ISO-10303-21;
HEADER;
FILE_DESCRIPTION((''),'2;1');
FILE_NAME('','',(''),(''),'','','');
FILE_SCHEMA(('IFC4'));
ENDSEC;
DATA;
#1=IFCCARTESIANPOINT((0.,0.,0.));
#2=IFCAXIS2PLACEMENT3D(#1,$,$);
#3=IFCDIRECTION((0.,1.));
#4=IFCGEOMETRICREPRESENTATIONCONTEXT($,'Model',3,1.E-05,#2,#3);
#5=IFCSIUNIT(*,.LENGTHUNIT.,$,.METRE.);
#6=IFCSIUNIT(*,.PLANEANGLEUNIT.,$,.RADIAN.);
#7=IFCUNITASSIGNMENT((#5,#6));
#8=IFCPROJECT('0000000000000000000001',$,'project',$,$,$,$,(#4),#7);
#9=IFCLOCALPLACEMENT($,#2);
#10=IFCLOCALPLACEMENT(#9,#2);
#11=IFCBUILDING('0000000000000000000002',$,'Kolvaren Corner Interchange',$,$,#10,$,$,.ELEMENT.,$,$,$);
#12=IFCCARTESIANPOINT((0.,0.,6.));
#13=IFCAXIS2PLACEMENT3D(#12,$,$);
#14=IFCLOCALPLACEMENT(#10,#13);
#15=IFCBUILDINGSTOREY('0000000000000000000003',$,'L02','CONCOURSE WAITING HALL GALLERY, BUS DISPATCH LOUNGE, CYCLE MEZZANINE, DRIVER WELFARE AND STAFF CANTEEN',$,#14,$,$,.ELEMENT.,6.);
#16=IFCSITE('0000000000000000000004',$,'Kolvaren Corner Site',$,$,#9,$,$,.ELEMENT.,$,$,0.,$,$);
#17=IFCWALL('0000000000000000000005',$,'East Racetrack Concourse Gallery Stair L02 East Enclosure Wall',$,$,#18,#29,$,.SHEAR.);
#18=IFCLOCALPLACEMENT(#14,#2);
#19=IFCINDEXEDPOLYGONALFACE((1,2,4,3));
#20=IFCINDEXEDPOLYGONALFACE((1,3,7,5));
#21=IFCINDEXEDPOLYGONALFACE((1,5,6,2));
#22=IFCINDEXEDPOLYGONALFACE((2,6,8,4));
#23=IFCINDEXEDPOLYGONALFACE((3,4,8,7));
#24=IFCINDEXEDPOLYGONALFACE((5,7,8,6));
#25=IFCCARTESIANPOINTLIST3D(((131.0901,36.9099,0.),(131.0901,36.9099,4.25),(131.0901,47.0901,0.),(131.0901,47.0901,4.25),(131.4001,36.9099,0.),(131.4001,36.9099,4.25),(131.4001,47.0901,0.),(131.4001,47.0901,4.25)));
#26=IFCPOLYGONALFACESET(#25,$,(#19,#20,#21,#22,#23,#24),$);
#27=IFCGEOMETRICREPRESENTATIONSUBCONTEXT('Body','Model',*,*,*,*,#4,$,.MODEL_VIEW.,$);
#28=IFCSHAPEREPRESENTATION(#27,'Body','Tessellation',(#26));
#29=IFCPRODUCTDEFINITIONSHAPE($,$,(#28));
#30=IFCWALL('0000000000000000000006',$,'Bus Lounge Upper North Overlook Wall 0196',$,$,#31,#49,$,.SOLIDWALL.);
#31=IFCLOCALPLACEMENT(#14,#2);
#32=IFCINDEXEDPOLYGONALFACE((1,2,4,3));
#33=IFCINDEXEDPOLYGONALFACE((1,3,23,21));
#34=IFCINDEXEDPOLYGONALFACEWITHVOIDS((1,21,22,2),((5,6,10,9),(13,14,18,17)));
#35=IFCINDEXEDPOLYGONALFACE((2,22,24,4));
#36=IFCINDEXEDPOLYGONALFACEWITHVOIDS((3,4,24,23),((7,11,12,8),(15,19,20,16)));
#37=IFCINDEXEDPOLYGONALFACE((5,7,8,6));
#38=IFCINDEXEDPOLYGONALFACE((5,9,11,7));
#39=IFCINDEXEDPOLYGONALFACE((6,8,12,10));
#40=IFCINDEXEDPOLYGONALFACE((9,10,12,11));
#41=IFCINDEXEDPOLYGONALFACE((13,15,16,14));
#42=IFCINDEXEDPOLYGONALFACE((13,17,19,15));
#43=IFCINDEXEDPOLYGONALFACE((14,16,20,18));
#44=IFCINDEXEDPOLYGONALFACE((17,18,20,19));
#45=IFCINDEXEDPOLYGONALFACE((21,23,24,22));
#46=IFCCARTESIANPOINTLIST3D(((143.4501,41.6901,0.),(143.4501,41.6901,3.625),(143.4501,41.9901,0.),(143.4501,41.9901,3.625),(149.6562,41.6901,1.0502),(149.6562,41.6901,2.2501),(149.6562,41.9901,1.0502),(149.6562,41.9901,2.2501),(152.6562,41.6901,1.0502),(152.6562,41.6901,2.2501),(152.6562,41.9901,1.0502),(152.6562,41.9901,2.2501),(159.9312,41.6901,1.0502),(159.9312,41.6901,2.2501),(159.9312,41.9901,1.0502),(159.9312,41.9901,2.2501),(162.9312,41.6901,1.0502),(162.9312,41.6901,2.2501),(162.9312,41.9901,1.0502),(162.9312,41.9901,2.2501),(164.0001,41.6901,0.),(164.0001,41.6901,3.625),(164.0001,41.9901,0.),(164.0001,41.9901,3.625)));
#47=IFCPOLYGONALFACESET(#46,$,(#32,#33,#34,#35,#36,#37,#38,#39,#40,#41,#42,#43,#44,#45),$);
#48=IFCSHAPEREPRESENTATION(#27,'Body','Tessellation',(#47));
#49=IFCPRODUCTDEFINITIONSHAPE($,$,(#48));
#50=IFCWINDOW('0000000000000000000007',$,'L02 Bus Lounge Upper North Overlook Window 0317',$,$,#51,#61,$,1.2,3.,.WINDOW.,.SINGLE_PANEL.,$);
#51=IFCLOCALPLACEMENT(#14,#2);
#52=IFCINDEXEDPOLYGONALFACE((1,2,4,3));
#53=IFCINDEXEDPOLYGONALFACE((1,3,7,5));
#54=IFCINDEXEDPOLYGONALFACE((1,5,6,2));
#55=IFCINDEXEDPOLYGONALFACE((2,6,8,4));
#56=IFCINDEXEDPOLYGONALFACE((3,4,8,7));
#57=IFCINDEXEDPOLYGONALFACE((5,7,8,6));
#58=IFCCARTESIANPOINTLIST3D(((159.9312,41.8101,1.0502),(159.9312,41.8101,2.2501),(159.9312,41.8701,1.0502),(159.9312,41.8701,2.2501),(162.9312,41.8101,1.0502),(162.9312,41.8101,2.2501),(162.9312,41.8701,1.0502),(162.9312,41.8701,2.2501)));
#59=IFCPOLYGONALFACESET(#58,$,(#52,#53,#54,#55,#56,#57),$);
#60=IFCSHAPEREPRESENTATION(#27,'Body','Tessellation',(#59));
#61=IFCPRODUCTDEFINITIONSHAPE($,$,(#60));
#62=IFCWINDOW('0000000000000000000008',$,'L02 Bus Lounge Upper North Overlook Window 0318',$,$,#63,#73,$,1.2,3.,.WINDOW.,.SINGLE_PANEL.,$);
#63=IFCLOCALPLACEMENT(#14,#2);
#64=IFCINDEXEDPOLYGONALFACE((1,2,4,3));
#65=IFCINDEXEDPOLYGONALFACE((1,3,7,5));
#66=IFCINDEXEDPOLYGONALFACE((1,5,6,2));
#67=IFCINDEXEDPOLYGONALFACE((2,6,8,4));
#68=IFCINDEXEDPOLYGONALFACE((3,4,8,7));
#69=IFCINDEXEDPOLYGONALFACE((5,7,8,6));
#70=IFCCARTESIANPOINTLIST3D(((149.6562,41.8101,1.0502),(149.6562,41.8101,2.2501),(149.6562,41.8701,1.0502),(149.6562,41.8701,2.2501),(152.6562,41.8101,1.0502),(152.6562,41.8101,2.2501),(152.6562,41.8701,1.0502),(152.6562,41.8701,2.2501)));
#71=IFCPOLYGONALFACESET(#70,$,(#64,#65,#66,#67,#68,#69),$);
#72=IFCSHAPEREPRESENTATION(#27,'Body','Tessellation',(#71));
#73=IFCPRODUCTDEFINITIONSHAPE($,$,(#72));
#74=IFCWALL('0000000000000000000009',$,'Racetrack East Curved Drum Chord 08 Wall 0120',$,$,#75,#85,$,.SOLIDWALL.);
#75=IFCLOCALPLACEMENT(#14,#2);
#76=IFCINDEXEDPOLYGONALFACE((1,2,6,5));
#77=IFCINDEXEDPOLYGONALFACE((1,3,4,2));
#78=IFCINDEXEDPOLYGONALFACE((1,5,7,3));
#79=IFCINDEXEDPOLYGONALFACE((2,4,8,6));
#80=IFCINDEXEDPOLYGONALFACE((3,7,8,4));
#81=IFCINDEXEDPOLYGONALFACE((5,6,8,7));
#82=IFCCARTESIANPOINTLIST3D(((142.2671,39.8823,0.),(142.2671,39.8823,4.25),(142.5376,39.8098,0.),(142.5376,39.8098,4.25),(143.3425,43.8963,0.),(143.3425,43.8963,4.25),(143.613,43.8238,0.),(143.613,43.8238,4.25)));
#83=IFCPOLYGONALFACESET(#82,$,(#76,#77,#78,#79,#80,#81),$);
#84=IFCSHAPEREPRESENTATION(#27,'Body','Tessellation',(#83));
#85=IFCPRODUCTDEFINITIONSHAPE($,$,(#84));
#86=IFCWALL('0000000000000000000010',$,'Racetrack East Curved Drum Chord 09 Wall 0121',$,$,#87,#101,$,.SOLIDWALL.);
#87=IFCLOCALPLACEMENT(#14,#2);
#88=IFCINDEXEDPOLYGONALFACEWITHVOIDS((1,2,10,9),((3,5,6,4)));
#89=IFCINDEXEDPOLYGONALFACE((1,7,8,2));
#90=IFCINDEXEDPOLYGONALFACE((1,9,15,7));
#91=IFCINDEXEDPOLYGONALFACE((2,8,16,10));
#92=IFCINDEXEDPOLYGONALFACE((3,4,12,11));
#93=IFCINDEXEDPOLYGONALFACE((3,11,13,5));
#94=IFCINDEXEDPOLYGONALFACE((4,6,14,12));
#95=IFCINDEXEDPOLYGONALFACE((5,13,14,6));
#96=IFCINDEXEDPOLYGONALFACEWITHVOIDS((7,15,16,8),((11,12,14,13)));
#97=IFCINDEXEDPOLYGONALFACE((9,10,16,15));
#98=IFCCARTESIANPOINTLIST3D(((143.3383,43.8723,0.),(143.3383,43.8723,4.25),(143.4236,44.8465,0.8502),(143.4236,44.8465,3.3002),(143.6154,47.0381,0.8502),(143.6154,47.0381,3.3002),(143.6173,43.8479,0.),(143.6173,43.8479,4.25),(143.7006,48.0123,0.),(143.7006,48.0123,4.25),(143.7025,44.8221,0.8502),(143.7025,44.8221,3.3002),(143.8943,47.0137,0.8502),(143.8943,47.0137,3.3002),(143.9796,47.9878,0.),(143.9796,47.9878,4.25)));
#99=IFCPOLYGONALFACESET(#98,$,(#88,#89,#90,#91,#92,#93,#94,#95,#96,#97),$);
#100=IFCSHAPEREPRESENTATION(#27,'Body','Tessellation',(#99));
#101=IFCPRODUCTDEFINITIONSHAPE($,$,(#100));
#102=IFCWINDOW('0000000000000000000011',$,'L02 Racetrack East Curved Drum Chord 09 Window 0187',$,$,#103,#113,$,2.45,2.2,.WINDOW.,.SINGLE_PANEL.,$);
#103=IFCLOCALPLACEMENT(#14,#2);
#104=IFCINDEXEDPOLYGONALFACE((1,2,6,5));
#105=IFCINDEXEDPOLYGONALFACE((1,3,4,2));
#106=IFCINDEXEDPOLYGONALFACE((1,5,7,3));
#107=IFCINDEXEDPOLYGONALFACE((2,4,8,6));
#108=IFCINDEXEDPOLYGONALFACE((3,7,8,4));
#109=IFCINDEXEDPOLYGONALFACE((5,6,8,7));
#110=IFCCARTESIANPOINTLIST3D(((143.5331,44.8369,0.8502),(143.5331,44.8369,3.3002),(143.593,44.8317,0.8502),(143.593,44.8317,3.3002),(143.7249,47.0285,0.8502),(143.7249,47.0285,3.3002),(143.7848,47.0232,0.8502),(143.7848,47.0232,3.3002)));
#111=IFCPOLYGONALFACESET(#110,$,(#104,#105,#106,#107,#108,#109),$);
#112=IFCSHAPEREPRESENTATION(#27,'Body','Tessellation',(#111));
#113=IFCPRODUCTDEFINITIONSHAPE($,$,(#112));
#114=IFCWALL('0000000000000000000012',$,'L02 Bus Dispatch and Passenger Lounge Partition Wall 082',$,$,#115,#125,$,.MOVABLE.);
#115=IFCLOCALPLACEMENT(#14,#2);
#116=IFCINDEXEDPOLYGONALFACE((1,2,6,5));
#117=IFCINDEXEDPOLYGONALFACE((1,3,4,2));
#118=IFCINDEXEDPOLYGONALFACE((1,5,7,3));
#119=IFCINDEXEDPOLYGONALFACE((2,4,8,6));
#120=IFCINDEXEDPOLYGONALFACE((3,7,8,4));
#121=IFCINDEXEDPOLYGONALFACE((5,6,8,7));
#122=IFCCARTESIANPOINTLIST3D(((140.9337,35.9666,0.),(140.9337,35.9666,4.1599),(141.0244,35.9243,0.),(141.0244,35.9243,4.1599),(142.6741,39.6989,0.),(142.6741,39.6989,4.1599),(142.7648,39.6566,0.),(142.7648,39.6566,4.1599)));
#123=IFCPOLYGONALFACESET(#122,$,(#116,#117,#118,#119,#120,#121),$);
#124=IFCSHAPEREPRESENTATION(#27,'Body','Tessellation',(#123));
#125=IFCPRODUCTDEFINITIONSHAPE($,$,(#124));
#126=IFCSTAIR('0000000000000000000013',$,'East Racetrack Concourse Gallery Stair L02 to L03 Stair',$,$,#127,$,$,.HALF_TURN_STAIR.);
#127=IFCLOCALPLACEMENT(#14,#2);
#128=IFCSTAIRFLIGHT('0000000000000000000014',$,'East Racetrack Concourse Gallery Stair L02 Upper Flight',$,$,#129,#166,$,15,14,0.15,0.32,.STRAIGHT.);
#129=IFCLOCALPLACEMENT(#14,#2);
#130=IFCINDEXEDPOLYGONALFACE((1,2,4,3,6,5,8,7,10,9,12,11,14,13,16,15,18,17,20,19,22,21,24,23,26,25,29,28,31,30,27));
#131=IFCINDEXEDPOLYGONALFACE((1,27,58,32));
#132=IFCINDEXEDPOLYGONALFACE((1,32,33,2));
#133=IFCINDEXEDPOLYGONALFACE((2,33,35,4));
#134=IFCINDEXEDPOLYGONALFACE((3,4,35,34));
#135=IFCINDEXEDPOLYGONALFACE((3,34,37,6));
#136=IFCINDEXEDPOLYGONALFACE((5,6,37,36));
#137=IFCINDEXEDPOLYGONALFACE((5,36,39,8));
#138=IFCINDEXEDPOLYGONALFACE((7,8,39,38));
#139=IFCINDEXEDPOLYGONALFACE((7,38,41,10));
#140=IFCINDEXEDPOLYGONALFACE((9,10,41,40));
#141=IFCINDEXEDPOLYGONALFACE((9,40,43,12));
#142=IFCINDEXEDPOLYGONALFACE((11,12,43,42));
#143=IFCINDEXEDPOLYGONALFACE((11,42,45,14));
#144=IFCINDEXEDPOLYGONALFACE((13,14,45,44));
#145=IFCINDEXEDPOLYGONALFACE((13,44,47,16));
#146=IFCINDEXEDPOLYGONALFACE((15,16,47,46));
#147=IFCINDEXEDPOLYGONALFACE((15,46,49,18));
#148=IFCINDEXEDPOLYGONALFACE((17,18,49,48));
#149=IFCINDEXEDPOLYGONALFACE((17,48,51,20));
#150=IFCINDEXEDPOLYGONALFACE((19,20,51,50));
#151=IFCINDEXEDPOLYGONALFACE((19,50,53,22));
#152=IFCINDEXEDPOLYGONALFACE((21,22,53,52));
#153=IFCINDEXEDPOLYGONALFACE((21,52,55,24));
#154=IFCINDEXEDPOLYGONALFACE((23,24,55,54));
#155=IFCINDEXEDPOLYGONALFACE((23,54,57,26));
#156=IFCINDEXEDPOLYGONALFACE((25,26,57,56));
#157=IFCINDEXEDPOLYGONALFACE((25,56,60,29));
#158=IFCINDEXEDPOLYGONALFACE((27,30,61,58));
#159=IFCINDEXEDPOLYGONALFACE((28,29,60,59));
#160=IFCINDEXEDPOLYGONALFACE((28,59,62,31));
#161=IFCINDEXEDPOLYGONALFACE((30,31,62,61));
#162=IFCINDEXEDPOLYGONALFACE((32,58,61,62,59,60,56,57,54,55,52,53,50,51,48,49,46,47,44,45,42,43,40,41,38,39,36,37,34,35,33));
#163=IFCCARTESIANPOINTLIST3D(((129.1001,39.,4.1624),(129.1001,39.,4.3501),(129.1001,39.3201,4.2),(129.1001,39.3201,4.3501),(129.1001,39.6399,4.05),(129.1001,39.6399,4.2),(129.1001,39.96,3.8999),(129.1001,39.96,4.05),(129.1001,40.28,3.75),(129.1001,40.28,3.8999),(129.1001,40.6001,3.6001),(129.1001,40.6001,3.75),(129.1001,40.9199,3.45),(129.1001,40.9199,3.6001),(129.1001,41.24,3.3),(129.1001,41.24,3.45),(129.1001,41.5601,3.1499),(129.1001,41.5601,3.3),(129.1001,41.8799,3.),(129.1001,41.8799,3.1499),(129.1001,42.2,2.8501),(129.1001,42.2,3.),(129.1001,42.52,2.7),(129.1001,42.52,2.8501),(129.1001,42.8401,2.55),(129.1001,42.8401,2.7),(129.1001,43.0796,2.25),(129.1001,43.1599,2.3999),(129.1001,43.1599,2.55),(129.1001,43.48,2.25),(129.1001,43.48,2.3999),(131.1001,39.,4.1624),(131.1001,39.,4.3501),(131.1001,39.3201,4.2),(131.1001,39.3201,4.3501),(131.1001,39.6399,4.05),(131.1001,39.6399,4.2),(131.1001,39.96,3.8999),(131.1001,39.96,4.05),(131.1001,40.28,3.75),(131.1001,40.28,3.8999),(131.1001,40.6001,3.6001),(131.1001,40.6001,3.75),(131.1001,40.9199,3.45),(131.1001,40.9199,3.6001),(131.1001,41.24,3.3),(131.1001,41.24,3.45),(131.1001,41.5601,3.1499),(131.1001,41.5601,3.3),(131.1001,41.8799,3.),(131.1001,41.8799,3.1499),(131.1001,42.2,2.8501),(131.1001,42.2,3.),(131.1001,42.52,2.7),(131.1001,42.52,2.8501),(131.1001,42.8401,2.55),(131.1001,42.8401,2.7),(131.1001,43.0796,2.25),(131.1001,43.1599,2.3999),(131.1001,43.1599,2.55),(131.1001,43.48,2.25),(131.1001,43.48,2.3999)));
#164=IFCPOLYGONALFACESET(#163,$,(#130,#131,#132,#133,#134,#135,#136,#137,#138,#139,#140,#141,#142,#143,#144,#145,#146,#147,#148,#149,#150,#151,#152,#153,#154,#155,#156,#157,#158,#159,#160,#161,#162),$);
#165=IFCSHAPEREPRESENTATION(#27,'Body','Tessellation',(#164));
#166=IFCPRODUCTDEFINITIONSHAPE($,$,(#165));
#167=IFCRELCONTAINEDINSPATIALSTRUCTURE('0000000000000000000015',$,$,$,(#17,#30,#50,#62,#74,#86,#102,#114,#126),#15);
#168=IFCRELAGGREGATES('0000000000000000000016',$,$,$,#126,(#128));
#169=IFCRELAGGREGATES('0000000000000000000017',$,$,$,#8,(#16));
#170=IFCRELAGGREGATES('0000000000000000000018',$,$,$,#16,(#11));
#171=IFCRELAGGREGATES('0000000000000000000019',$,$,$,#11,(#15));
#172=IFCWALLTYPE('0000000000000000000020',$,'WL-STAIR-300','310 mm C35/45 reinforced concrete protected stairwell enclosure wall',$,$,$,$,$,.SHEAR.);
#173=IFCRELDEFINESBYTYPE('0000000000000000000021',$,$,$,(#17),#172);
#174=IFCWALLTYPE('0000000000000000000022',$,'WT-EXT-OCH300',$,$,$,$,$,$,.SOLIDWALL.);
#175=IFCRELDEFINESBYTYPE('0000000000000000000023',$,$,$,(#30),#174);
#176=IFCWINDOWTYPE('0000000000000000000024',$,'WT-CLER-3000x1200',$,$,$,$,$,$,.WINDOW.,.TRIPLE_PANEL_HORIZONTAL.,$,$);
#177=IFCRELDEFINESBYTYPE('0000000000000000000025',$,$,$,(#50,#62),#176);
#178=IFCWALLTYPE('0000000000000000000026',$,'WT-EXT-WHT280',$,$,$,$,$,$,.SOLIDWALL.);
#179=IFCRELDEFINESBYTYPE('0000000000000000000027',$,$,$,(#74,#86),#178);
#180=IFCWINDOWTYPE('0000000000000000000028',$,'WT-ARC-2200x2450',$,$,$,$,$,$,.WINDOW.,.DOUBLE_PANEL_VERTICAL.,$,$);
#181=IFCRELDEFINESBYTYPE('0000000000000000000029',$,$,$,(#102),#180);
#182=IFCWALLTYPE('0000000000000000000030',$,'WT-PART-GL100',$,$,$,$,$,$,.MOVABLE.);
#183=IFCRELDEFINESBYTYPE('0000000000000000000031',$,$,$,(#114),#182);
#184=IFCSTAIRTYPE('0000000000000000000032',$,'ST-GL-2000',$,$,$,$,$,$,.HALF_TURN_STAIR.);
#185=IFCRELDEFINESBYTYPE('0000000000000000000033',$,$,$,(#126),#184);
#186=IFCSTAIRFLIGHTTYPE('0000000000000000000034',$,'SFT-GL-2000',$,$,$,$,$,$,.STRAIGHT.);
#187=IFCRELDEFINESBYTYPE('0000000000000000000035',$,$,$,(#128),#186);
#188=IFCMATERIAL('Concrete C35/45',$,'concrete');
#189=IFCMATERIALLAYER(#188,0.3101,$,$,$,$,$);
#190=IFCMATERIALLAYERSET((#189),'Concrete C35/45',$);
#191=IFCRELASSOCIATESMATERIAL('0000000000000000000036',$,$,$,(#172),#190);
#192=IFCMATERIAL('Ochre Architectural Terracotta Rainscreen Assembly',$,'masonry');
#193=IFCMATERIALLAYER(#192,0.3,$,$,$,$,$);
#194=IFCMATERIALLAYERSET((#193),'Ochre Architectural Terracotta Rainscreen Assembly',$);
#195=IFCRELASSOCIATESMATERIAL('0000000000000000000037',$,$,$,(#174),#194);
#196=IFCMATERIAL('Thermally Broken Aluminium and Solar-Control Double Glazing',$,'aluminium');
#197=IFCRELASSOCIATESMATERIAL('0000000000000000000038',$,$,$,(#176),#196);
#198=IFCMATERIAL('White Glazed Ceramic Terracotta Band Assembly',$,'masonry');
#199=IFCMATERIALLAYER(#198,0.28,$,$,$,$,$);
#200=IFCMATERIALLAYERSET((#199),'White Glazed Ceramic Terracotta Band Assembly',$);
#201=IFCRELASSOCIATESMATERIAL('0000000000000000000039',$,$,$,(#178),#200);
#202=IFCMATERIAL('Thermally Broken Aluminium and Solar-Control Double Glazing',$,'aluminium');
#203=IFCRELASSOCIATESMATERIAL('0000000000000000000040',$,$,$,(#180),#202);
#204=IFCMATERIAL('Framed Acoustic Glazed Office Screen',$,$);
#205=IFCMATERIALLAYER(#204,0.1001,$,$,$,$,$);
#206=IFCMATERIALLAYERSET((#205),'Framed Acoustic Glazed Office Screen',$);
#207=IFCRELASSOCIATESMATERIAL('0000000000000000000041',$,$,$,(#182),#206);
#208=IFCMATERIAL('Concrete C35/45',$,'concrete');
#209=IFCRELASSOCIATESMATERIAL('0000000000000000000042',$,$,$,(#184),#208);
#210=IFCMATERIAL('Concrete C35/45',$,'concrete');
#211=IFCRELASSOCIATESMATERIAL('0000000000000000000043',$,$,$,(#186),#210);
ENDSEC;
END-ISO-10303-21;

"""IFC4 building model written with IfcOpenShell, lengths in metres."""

from ifc_helpers import new_model, si_unit, direction, frame, frame_2d, origin, place, context, subcontext, project, spatial, polyline, rectangle, outline, extrude, material, layer, layer_set, type_object, element, fill, aggregate, save


model = new_model("IFC4")

# Units and contexts
model_context = context("Model", 3, precision=1e-05, world=origin(), true_north=direction((0.0, 1.0)))
body_context = subcontext(model_context, "Body", "Model", "MODEL_VIEW")
ifc_project = project(units=[si_unit("LENGTHUNIT", "METRE"), si_unit("PLANEANGLEUNIT", "RADIAN")], contexts=[model_context])

# Site, building, storey
site_placement = place(None, origin())
site = spatial("IfcSite", under=ifc_project, at=site_placement, Name="Kolvaren Corner Site", CompositionType="ELEMENT", RefElevation=0.0)
building_placement = place(site_placement, origin())
building = spatial("IfcBuilding", under=site, at=building_placement, Name="Kolvaren Corner Interchange", CompositionType="ELEMENT")
storey_placement = place(building_placement, frame((0.0, 0.0, 6.0)))
storey = spatial("IfcBuildingStorey", under=building, at=storey_placement, Name="L02", Description="CONCOURSE WAITING HALL GALLERY, BUS DISPATCH LOUNGE, CYCLE MEZZANINE, DRIVER WELFARE AND STAFF CANTEEN", CompositionType="ELEMENT", Elevation=6.0)

# Wall
ifc_material_1 = material(Name="Concrete C35/45", Category="concrete")
ifc_layer_1 = layer(ifc_material_1, 0.3101)
ifc_layer_set_1 = layer_set([ifc_layer_1], Name="Concrete C35/45")
wall_type_1 = type_object("IfcWallType", Name="WL-STAIR-300", Description="310 mm C35/45 reinforced concrete protected stairwell enclosure wall", PredefinedType="SHEAR", material=ifc_layer_set_1)
wall_1_placement = place(storey_placement, frame((131.2451, 36.9099, 0.0), z_axis=(0.0, 0.0, 1.0), x_axis=(0.0, 1.0, 0.0)))
element("IfcWall", 1, at=wall_1_placement, inside=storey, type_object=wall_type_1, Name="East Racetrack Concourse Gallery Stair L02 East Enclosure Wall", PredefinedType="SHEAR", context=body_context, shape_type="SweptSolid", body=[
    extrude(rectangle(XDim=10.1802, YDim=0.3101, at=frame_2d((5.0901, 0.0))), origin(), (0.0, 0.0, 1.0), 4.25),
])

# Wall, openings, windows
ifc_material_2 = material(Name="Ochre Architectural Terracotta Rainscreen Assembly", Category="masonry")
ifc_layer_2 = layer(ifc_material_2, 0.3)
ifc_layer_set_2 = layer_set([ifc_layer_2], Name="Ochre Architectural Terracotta Rainscreen Assembly")
wall_type_2 = type_object("IfcWallType", Name="WT-EXT-OCH300", PredefinedType="SOLIDWALL", material=ifc_layer_set_2)
wall_2_placement = place(storey_placement, frame((164.0, 41.8401, 0.0), z_axis=(0.0, 0.0, 1.0), x_axis=(-1.0, 0.0, 0.0)))
wall_2 = element("IfcWall", 2, at=wall_2_placement, inside=storey, type_object=wall_type_2, Name="Bus Lounge Upper North Overlook Wall 0196", PredefinedType="SOLIDWALL", context=body_context, shape_type="SweptSolid", body=[
    extrude(rectangle(XDim=20.55, YDim=0.3, at=frame_2d((10.2749, 0.0))), origin(), (0.0, 0.0, 1.0), 3.625),
])
opening_1_placement = place(wall_2_placement, frame((1.0688, 0.0, 1.05)))
opening_1 = element("IfcOpeningElement", 3, at=opening_1_placement, cuts=wall_2, PredefinedType="OPENING", context=body_context, shape_type="SweptSolid", body=[
    extrude(rectangle(XDim=3.0, YDim=1.2, at=frame_2d((1.5, 0.6001))), frame((0.0, 0.1599, 0.0), z_axis=(0.0, -1.0, 0.0), x_axis=(1.0, 0.0, 0.0)), (0.0, 0.0, 1.0), 0.3201),
])
opening_2_placement = place(wall_2_placement, frame((11.3438, 0.0, 1.05)))
opening_2 = element("IfcOpeningElement", 4, at=opening_2_placement, cuts=wall_2, PredefinedType="OPENING", context=body_context, shape_type="SweptSolid", body=[
    extrude(rectangle(XDim=3.0, YDim=1.2, at=frame_2d((1.5, 0.6001))), frame((0.0, 0.1599, 0.0), z_axis=(0.0, -1.0, 0.0), x_axis=(1.0, 0.0, 0.0)), (0.0, 0.0, 1.0), 0.3201),
])
ifc_material_3 = material(Name="Thermally Broken Aluminium and Solar-Control Double Glazing", Category="aluminium")
window_type_1 = type_object("IfcWindowType", Name="WT-CLER-3000x1200", PartitioningType="TRIPLE_PANEL_HORIZONTAL", PredefinedType="WINDOW", material=ifc_material_3)
window_1_placement = place(opening_1_placement, origin())
window_1 = element("IfcWindow", 5, at=window_1_placement, inside=storey, type_object=window_type_1, Name="L02 Bus Lounge Upper North Overlook Window 0317", OverallHeight=1.2, OverallWidth=3.0, PartitioningType="SINGLE_PANEL", PredefinedType="WINDOW", context=body_context, shape_type="SweptSolid", body=[
    extrude(rectangle(XDim=3.0, YDim=1.2, at=frame_2d((1.5, 0.6001))), frame((0.0, 0.03, 0.0), z_axis=(0.0, -1.0, 0.0), x_axis=(1.0, 0.0, 0.0)), (0.0, 0.0, 1.0), 0.0601),
])
fill(opening_1, window_1)
window_2_placement = place(opening_2_placement, origin())
window_2 = element("IfcWindow", 6, at=window_2_placement, inside=storey, type_object=window_type_1, Name="L02 Bus Lounge Upper North Overlook Window 0318", OverallHeight=1.2, OverallWidth=3.0, PartitioningType="SINGLE_PANEL", PredefinedType="WINDOW", context=body_context, shape_type="SweptSolid", body=[
    extrude(rectangle(XDim=3.0, YDim=1.2, at=frame_2d((1.5, 0.6001))), frame((0.0, 0.03, 0.0), z_axis=(0.0, -1.0, 0.0), x_axis=(1.0, 0.0, 0.0)), (0.0, 0.0, 1.0), 0.0601),
])
fill(opening_2, window_2)

# Wall
ifc_material_4 = material(Name="White Glazed Ceramic Terracotta Band Assembly", Category="masonry")
ifc_layer_3 = layer(ifc_material_4, 0.28)
ifc_layer_set_3 = layer_set([ifc_layer_3], Name="White Glazed Ceramic Terracotta Band Assembly")
wall_type_3 = type_object("IfcWallType", Name="WT-EXT-WHT280", PredefinedType="SOLIDWALL", material=ifc_layer_set_3)
wall_3_placement = place(storey_placement, frame((142.4023, 39.8462, 0.0), z_axis=(0.0, 0.0, 1.0), x_axis=(0.2588, 0.965931, 0.0)))
element("IfcWall", 7, at=wall_3_placement, inside=storey, type_object=wall_type_3, Name="Racetrack East Curved Drum Chord 08 Wall 0120", PredefinedType="SOLIDWALL", context=body_context, shape_type="SweptSolid", body=[
    extrude(rectangle(XDim=4.1555, YDim=0.28, at=frame_2d((2.0776, 0.0))), origin(), (0.0, 0.0, 1.0), 4.25),
])

# Wall, opening, window
wall_4_placement = place(storey_placement, frame((143.4778, 43.8601, 0.0), z_axis=(0.0, 0.0, 1.0), x_axis=(0.087182, 0.996192, 0.0)))
wall_4 = element("IfcWall", 8, at=wall_4_placement, inside=storey, type_object=wall_type_3, Name="Racetrack East Curved Drum Chord 09 Wall 0121", PredefinedType="SOLIDWALL", context=body_context, shape_type="SweptSolid", body=[
    extrude(rectangle(XDim=4.1558, YDim=0.28, at=frame_2d((2.0779, 0.0))), origin(), (0.0, 0.0, 1.0), 4.25),
])
opening_3_placement = place(wall_4_placement, frame((0.9778, 0.0, 0.8501)))
opening_3 = element("IfcOpeningElement", 9, at=opening_3_placement, cuts=wall_4, PredefinedType="OPENING", context=body_context, shape_type="SweptSolid", body=[
    extrude(rectangle(XDim=2.2, YDim=2.45, at=frame_2d((1.1001, 1.2251))), frame((0.0, 0.1499, 0.0), z_axis=(0.0, -1.0, 0.0), x_axis=(1.0, 0.0, 0.0)), (0.0, 0.0, 1.0), 0.3),
])
ifc_material_5 = material(Name="Thermally Broken Aluminium and Solar-Control Double Glazing", Category="aluminium")
window_type_2 = type_object("IfcWindowType", Name="WT-ARC-2200x2450", PartitioningType="DOUBLE_PANEL_VERTICAL", PredefinedType="WINDOW", material=ifc_material_5)
window_3_placement = place(opening_3_placement, origin())
window_3 = element("IfcWindow", 10, at=window_3_placement, inside=storey, type_object=window_type_2, Name="L02 Racetrack East Curved Drum Chord 09 Window 0187", OverallHeight=2.45, OverallWidth=2.2, PartitioningType="SINGLE_PANEL", PredefinedType="WINDOW", context=body_context, shape_type="SweptSolid", body=[
    extrude(rectangle(XDim=2.2, YDim=2.45, at=frame_2d((1.1001, 1.2251))), frame((0.0, 0.03, 0.0), z_axis=(0.0, -1.0, 0.0), x_axis=(1.0, 0.0, 0.0)), (0.0, 0.0, 1.0), 0.0601),
])
fill(opening_3, window_3)

# Wall
ifc_material_6 = material(Name="Framed Acoustic Glazed Office Screen")
ifc_layer_4 = layer(ifc_material_6, 0.1001)
ifc_layer_set_4 = layer_set([ifc_layer_4], Name="Framed Acoustic Glazed Office Screen")
wall_type_4 = type_object("IfcWallType", Name="WT-PART-GL100", PredefinedType="MOVABLE", material=ifc_layer_set_4)
wall_5_placement = place(storey_placement, frame((142.7195, 39.6777, 0.0), z_axis=(0.0, 0.0, 1.0), x_axis=(-0.422623, -0.906306, 0.0)))
element("IfcWall", 11, at=wall_5_placement, inside=storey, type_object=wall_type_4, Name="L02 Bus Dispatch and Passenger Lounge Partition Wall 082", PredefinedType="MOVABLE", context=body_context, shape_type="SweptSolid", body=[
    extrude(rectangle(XDim=4.1182, YDim=0.1001, at=frame_2d((2.0591, 0.0))), origin(), (0.0, 0.0, 1.0), 4.1599),
])

# Stair, stair flight
ifc_material_7 = material(Name="Concrete C35/45", Category="concrete")
stair_type = type_object("IfcStairType", Name="ST-GL-2000", PredefinedType="HALF_TURN_STAIR", material=ifc_material_7)
stair_placement = place(storey_placement, origin())
stair = element("IfcStair", 12, at=stair_placement, inside=storey, type_object=stair_type, Name="East Racetrack Concourse Gallery Stair L02 to L03 Stair", PredefinedType="HALF_TURN_STAIR")
ifc_material_8 = material(Name="Concrete C35/45", Category="concrete")
stair_flight_type = type_object("IfcStairFlightType", Name="SFT-GL-2000", PredefinedType="STRAIGHT", material=ifc_material_8)
stair_flight_placement = place(storey_placement, frame((130.1001, 43.48, 2.25), z_axis=(0.0, 0.0, 1.0), x_axis=(0.0, -1.0, 0.0)))
stair_flight = element("IfcStairFlight", 13, at=stair_flight_placement, type_object=stair_flight_type, Name="East Racetrack Concourse Gallery Stair L02 Upper Flight", NumberOfRisers=15, NumberOfTreads=14, PredefinedType="STRAIGHT", RiserHeight=0.15, TreadLength=0.32, context=body_context, shape_type="SweptSolid", body=[
    extrude(outline(polyline([(0.0, 0.0), (0.0, 0.1499), (0.3201, 0.1499), (0.3201, 0.3), (0.6399, 0.3), (0.6399, 0.45), (0.96, 0.45), (0.96, 0.6001), (1.28, 0.6001), (1.28, 0.75), (1.6001, 0.75), (1.6001, 0.8999), (1.9199, 0.8999), (1.9199, 1.05), (2.24, 1.05), (2.24, 1.2), (2.5601, 1.2), (2.5601, 1.3501), (2.8799, 1.3501), (2.8799, 1.5), (3.2, 1.5), (3.2, 1.6499), (3.52, 1.6499), (3.52, 1.8), (3.8401, 1.8), (3.8401, 1.95), (4.1599, 1.95), (4.1599, 2.1001), (4.48, 2.1001), (4.48, 2.25), (4.48, 1.9124), (0.4004, 0.0), (0.0, 0.0)])), frame((0.0, 1.0, 0.0), z_axis=(0.0, -1.0, 0.0), x_axis=(1.0, 0.0, 0.0)), (0.0, 0.0, 1.0), 2.0),
])
aggregate(stair, [stair_flight])

save(model, "model.ifc")
